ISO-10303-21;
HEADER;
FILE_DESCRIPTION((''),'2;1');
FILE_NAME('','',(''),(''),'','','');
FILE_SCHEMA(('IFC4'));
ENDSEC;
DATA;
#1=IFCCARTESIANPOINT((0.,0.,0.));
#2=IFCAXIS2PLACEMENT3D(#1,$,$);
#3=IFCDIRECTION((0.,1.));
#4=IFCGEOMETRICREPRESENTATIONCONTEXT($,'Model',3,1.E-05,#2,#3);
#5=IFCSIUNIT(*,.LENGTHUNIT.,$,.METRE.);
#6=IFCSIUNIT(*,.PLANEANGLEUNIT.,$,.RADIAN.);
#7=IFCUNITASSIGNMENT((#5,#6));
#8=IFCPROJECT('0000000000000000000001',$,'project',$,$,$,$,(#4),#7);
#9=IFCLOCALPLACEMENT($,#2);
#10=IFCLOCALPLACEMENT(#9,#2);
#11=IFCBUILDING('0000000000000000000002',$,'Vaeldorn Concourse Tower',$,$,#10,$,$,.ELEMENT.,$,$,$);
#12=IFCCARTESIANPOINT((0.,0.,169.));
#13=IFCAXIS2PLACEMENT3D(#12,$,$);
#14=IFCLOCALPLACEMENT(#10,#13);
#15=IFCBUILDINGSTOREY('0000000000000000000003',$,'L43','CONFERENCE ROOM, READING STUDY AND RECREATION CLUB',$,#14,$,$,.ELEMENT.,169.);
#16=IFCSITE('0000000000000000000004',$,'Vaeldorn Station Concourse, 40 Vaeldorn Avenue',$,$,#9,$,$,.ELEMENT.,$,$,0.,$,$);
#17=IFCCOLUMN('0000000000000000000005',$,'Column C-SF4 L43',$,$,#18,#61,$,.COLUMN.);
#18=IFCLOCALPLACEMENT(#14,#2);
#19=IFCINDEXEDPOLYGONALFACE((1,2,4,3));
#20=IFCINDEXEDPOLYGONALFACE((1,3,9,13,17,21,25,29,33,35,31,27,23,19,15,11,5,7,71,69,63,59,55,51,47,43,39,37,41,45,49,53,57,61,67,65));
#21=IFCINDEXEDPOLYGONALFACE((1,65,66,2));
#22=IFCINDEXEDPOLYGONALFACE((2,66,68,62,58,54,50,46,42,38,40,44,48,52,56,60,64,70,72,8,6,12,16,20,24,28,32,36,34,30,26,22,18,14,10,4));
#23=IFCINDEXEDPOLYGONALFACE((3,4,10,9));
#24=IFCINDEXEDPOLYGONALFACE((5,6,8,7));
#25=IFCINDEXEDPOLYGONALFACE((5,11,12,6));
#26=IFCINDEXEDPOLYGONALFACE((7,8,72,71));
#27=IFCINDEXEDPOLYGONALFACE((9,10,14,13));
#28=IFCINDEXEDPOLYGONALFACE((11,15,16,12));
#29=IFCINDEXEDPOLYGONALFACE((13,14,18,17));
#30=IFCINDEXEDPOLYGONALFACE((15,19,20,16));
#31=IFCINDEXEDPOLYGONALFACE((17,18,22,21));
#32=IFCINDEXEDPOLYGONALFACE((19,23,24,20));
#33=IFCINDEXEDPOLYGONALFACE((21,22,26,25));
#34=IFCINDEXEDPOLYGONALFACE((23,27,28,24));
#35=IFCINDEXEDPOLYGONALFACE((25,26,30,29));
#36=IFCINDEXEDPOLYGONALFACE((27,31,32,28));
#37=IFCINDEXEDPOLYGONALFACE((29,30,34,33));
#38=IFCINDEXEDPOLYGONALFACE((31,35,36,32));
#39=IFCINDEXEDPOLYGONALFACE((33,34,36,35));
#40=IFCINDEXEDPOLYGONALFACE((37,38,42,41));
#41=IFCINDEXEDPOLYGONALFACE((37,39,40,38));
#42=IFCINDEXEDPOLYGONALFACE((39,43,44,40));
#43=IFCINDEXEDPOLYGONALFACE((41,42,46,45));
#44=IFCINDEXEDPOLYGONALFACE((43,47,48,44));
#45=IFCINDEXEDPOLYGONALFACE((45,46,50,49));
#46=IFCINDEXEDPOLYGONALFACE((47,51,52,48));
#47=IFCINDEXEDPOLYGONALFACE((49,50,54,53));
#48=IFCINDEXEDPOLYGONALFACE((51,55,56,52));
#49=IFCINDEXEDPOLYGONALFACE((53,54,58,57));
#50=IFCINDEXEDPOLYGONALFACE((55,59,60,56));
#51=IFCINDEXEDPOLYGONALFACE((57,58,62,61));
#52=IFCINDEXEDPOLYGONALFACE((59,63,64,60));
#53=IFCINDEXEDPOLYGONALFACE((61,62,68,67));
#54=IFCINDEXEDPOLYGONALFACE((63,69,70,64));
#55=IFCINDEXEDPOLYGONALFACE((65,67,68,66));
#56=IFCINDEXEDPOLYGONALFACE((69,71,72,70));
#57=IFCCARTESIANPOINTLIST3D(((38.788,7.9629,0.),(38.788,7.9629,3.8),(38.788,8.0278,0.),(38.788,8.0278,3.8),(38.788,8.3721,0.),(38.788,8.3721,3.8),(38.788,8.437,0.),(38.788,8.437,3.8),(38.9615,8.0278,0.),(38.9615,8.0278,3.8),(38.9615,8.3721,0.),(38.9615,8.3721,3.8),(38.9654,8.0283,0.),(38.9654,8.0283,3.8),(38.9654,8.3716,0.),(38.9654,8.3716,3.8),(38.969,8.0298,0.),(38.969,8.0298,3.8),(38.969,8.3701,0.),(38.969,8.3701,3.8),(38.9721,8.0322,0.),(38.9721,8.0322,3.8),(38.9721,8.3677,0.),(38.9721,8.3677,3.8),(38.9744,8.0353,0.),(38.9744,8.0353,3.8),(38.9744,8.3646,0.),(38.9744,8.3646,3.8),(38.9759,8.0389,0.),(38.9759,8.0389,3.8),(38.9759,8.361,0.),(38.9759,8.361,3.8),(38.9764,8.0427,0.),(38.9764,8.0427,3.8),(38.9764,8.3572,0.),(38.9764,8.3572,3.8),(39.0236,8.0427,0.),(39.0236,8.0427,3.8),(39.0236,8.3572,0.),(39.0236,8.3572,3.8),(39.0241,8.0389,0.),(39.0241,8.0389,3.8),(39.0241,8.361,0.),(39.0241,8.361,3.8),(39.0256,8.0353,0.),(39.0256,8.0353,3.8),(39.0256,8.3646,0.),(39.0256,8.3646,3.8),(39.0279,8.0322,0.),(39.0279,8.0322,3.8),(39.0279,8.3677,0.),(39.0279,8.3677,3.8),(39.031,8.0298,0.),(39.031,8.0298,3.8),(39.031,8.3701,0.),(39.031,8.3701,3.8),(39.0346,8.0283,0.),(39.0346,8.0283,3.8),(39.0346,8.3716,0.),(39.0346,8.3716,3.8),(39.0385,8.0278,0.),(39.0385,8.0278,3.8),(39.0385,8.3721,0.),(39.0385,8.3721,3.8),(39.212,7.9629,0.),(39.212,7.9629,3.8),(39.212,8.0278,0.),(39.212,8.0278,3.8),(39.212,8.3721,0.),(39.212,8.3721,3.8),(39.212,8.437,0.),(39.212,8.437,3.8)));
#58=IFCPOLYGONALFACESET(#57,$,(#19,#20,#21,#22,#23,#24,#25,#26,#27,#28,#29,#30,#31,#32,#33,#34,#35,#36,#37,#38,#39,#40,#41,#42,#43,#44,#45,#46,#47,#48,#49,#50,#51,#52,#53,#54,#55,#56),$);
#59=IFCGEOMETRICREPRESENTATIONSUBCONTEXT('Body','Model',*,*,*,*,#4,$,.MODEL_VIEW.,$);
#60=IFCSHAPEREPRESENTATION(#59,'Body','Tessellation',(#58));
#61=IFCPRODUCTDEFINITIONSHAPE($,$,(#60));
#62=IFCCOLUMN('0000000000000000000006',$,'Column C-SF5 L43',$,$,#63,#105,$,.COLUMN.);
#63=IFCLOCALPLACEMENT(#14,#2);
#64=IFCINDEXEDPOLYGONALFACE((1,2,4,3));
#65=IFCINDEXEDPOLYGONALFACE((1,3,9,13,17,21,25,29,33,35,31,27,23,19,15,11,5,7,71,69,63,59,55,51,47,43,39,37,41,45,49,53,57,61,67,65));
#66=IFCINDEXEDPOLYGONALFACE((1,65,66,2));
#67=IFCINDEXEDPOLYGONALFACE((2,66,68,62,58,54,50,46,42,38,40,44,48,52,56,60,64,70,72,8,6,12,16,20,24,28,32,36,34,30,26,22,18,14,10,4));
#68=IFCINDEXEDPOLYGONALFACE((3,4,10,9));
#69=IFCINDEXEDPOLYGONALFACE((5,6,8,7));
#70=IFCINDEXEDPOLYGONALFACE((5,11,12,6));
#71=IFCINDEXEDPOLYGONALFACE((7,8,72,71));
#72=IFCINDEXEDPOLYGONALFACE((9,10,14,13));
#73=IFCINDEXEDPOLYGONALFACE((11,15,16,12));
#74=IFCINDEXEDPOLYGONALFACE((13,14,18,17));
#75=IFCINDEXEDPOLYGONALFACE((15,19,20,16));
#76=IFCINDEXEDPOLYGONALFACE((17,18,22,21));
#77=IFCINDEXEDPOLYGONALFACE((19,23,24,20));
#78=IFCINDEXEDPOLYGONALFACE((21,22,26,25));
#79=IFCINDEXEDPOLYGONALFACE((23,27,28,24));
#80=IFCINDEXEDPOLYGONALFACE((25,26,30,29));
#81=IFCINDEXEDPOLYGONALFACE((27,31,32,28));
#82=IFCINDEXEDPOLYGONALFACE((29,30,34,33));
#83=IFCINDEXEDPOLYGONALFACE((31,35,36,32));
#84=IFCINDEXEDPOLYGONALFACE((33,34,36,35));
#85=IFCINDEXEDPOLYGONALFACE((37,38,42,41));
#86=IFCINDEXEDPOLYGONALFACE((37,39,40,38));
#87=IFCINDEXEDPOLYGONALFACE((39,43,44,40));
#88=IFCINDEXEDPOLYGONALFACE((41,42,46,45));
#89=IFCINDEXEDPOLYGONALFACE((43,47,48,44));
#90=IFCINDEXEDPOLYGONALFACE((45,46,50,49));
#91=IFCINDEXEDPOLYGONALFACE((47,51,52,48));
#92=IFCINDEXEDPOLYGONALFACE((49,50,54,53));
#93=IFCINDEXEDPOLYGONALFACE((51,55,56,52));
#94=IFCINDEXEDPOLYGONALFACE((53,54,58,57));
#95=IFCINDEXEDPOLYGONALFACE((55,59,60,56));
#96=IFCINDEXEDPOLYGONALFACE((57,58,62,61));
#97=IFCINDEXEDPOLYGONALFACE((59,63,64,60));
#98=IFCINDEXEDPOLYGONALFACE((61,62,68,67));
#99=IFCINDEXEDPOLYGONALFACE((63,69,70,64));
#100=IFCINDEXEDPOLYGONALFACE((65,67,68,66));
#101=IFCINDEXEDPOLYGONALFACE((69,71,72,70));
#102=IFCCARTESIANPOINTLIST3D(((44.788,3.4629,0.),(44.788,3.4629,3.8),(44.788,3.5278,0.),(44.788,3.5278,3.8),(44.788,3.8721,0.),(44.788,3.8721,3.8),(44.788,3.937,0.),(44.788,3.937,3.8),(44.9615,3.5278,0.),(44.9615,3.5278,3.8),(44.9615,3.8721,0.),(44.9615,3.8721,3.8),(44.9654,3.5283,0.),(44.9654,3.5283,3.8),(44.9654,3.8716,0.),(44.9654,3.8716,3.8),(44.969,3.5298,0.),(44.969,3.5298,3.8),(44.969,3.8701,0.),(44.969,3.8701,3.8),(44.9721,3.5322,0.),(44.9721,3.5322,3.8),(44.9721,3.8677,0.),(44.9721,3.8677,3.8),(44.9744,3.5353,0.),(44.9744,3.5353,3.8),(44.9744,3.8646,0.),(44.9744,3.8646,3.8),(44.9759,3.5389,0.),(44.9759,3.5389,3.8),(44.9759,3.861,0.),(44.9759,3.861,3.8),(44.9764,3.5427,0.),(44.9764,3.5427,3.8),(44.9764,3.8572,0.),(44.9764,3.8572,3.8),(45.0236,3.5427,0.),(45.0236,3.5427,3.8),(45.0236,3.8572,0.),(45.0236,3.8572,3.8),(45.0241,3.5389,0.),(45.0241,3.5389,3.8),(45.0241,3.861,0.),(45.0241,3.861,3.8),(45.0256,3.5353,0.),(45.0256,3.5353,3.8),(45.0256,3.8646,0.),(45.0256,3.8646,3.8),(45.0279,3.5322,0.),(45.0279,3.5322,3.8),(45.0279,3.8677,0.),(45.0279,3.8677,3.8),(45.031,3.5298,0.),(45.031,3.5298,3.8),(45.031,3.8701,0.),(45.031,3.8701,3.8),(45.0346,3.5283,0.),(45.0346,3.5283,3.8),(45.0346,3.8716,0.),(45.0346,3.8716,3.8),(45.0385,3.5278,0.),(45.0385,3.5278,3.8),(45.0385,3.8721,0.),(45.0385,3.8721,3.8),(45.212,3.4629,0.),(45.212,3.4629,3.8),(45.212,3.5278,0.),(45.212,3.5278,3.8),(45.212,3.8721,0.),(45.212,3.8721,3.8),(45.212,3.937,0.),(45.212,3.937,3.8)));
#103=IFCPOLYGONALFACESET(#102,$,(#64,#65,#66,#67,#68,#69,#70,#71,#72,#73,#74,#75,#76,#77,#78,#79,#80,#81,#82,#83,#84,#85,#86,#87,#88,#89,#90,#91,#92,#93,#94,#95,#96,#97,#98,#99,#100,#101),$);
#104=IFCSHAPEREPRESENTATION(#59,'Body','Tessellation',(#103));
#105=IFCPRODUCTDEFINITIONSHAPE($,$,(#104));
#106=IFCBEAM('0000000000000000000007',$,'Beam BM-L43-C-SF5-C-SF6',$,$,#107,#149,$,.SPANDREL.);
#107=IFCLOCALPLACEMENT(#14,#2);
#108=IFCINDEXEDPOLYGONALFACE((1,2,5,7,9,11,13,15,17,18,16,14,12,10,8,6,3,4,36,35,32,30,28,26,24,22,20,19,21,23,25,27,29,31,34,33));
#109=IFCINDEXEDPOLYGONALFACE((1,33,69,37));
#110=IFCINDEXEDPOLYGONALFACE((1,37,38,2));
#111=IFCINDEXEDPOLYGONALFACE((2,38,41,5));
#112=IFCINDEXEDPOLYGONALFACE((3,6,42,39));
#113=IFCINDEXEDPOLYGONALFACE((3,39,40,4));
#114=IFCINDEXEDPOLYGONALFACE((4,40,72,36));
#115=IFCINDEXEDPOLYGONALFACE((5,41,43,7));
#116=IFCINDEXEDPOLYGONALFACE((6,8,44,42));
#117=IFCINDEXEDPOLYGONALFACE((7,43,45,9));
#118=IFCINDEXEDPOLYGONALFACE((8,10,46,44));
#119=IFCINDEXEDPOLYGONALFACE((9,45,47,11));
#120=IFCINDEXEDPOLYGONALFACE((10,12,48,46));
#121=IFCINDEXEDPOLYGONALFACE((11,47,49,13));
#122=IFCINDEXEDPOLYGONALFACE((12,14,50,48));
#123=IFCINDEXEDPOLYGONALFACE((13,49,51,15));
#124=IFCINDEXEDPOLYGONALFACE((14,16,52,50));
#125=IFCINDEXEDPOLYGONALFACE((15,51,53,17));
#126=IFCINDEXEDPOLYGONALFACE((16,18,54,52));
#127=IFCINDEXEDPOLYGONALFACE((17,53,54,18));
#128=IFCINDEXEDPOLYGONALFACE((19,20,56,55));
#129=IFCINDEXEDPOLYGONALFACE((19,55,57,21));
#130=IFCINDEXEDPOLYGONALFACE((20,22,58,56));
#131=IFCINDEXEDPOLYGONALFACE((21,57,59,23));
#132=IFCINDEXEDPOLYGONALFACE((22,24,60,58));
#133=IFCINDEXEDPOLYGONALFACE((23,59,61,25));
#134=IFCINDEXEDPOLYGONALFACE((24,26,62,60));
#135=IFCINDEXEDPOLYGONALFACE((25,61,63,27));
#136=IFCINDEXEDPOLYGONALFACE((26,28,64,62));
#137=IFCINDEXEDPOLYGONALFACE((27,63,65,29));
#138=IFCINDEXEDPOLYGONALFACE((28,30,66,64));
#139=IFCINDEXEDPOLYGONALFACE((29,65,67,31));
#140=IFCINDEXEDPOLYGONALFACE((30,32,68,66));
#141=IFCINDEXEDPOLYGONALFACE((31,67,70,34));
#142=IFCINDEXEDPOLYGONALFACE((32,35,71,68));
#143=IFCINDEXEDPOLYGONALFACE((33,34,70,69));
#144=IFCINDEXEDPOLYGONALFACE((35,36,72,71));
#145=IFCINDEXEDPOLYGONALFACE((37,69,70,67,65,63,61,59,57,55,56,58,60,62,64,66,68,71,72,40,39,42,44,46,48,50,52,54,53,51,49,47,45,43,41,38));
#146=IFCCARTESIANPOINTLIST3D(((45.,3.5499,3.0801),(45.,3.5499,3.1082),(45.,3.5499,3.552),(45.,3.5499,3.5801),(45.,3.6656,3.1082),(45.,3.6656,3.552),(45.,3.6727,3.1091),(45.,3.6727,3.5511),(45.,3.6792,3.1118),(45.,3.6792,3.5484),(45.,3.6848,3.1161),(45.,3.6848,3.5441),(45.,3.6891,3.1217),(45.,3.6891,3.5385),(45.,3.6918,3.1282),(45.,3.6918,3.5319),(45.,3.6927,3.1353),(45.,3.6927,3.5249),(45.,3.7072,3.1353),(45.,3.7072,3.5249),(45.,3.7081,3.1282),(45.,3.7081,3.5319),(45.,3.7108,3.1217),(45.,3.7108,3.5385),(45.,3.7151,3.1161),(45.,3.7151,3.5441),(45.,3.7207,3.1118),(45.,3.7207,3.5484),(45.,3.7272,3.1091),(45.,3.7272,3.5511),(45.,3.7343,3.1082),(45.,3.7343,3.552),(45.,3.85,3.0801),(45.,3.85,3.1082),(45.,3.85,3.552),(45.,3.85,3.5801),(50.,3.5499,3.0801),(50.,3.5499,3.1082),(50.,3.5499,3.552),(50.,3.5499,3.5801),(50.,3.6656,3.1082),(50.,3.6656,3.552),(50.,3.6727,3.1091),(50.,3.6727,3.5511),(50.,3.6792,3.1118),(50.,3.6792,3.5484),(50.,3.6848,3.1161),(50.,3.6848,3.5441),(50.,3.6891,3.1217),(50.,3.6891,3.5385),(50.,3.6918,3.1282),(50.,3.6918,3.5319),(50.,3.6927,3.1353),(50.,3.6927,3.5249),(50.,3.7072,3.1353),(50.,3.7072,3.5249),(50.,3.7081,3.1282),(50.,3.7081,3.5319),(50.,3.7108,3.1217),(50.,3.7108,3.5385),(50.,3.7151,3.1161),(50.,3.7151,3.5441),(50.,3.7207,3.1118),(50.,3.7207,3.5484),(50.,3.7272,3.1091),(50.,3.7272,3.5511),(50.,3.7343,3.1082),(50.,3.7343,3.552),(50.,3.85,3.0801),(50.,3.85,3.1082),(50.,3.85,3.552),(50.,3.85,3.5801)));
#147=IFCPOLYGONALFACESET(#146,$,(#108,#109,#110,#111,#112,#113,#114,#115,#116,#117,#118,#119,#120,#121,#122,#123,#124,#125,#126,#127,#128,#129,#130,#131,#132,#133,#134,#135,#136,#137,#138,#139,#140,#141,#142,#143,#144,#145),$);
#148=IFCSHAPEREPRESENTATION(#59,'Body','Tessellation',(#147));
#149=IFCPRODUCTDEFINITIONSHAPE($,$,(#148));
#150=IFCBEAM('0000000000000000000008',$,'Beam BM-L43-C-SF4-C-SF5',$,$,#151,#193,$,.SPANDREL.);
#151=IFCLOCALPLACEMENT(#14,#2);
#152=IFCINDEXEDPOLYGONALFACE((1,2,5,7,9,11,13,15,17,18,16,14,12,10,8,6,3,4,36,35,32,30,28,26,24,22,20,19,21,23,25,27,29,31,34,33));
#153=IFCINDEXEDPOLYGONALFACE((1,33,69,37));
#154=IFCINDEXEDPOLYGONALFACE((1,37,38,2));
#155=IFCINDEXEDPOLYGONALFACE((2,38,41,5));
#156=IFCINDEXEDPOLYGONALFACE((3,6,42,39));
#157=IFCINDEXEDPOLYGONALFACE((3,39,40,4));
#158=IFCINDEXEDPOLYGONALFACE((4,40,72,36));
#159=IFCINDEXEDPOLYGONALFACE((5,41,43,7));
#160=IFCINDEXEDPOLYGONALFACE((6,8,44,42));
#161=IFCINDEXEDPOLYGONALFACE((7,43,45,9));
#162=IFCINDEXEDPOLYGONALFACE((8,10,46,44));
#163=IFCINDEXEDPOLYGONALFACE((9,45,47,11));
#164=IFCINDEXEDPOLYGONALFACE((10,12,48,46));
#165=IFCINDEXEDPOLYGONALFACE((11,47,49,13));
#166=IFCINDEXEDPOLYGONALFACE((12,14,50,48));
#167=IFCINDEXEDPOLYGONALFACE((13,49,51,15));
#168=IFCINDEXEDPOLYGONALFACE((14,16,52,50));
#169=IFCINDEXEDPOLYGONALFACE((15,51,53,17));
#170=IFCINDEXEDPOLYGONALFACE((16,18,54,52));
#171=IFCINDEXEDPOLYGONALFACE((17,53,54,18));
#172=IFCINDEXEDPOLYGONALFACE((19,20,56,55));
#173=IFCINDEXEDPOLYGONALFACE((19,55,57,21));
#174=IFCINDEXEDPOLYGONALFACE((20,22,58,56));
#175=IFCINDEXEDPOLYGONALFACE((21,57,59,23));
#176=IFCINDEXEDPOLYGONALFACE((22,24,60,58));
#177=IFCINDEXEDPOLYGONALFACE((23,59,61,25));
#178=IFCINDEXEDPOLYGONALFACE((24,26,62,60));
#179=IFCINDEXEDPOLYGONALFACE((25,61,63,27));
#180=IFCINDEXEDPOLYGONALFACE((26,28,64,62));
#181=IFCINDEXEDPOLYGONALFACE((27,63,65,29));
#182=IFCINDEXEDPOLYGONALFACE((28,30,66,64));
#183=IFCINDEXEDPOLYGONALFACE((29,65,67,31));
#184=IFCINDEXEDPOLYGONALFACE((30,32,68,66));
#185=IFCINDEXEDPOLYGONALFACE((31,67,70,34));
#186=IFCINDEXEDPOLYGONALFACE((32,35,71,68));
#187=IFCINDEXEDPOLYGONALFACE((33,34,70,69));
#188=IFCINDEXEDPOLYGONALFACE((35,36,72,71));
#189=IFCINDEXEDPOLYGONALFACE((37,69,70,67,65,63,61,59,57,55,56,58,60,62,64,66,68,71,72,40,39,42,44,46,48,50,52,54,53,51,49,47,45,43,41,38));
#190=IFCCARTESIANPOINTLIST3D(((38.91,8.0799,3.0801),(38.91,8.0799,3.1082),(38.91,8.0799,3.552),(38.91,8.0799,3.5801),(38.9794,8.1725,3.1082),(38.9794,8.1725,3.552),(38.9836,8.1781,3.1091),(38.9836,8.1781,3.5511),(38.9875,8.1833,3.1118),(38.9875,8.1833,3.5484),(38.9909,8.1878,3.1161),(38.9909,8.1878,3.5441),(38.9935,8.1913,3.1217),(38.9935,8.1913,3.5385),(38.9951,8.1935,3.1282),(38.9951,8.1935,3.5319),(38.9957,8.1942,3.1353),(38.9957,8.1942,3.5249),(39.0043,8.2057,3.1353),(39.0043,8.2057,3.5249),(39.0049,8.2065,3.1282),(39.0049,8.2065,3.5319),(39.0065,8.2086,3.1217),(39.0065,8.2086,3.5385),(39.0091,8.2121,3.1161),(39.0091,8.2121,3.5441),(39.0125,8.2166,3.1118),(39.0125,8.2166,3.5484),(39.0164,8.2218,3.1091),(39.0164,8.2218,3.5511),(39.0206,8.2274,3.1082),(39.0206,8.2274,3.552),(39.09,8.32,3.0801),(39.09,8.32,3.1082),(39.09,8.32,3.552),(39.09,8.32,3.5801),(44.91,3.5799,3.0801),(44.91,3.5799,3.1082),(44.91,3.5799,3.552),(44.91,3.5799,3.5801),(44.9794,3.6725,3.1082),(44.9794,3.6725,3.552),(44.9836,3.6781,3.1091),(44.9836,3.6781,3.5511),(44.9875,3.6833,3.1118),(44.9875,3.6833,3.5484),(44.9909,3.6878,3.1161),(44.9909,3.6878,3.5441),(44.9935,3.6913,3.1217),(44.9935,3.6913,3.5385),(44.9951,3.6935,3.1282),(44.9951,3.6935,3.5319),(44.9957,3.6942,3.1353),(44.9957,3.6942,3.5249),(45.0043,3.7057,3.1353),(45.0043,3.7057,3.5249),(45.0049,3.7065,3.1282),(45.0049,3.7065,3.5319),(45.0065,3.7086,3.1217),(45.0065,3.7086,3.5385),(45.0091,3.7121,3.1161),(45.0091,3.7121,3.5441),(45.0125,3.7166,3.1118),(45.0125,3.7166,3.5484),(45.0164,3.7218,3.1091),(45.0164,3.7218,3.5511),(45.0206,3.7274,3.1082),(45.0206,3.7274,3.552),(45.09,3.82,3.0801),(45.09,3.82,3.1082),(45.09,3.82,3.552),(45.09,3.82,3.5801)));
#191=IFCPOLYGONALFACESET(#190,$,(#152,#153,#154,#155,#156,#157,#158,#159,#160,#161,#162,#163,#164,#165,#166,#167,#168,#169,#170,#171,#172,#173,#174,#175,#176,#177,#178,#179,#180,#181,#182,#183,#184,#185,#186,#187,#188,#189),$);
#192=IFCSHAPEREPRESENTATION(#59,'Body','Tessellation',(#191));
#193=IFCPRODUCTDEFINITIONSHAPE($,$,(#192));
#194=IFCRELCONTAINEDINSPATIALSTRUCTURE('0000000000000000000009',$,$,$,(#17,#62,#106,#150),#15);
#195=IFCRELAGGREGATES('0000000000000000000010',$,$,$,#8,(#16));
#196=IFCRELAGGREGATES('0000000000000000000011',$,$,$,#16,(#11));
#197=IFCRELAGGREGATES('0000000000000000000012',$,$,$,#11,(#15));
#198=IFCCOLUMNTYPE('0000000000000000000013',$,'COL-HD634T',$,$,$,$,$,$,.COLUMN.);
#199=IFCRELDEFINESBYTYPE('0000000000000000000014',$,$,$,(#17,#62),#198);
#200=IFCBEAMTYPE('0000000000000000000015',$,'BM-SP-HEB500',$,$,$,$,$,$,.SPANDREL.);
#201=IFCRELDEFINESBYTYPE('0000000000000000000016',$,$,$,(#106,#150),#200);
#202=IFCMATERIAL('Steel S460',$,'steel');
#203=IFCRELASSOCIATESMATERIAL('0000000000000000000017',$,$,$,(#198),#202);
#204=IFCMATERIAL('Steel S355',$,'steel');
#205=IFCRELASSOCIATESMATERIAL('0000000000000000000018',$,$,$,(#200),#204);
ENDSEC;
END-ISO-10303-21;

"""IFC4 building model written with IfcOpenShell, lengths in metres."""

from ifc_helpers import new_model, si_unit, direction, frame, origin, origin_2d, place, context, subcontext, project, spatial, i_section, extrude, source, transform, mapped, material, material_profile, profile_set, type_object, element, save


model = new_model("IFC4")

# Units and contexts
model_context = context("Model", 3, precision=1e-05, world=origin(), true_north=direction((0.0, 1.0)))
body_context = subcontext(model_context, "Body", "Model", "MODEL_VIEW")
ifc_project = project(units=[si_unit("LENGTHUNIT", "METRE"), si_unit("PLANEANGLEUNIT", "RADIAN")], contexts=[model_context])

# Site, building, storey
site_placement = place(None, origin())
site = spatial("IfcSite", under=ifc_project, at=site_placement, Name="Vaeldorn Station Concourse, 40 Vaeldorn Avenue", CompositionType="ELEMENT", RefElevation=0.0)
building_placement = place(site_placement, origin())
building = spatial("IfcBuilding", under=site, at=building_placement, Name="Vaeldorn Concourse Tower", CompositionType="ELEMENT")
storey_placement = place(building_placement, frame((0.0, 0.0, 169.0)))
storey = spatial("IfcBuildingStorey", under=building, at=storey_placement, Name="L43", Description="CONFERENCE ROOM, READING STUDY AND RECREATION CLUB", CompositionType="ELEMENT", Elevation=169.0)

# Columns
ifc_material_1 = material(Name="Steel S460", Category="steel")
ifc_material_profile_1 = material_profile(ifc_material_1, i_section(OverallWidth=0.4241, OverallDepth=0.4741, WebThickness=0.0471, FlangeThickness=0.0649, FilletRadius=0.0149, at=origin_2d()), Name="HD 400x634")
ifc_profile_set_1 = profile_set([ifc_material_profile_1], Name="Steel S460")
column_type = type_object("IfcColumnType", Name="COL-HD634T", PredefinedType="COLUMN", material=ifc_profile_set_1)
shared_shape_1 = source(origin(), body_context, "Body", "SweptSolid", [
    extrude(i_section(OverallWidth=0.4241, OverallDepth=0.4741, WebThickness=0.0471, FlangeThickness=0.0649, FilletRadius=0.0149, at=origin_2d()), origin(), (0.0, 0.0, 1.0), 3.8),
])
for number, where, z_axis, x_axis, name in (
    (1, (39.0, 8.2, 0.0), (0.0, 0.0, 1.0), (1.0, 0.0, 0.0), "Column C-SF4 L43"),
    (2, (45.0, 3.7, 0.0), (0.0, 0.0, 1.0), (1.0, 0.0, 0.0), "Column C-SF5 L43"),
):
    element("IfcColumn", number, at=place(storey_placement, frame(where, z_axis=z_axis, x_axis=x_axis)), inside=storey, type_object=column_type, Name=name, PredefinedType="COLUMN", context=body_context, shape_type="MappedRepresentation", body=[
        mapped(shared_shape_1, transform((0.0, 0.0, 0.0), scale=1.0)),
    ])

# Beams
ifc_material_2 = material(Name="Steel S355", Category="steel")
ifc_material_profile_2 = material_profile(ifc_material_2, i_section(OverallWidth=0.3, OverallDepth=0.5, WebThickness=0.0144, FlangeThickness=0.0281, FilletRadius=0.0271, at=origin_2d()), Name="HEB 500")
ifc_profile_set_2 = profile_set([ifc_material_profile_2], Name="Steel S355")
beam_type_1 = type_object("IfcBeamType", Name="BM-SP-HEB500", PredefinedType="SPANDREL", material=ifc_profile_set_2)
shared_shape_2 = source(origin(), body_context, "Body", "SweptSolid", [
    extrude(i_section(OverallWidth=0.3, OverallDepth=0.5, WebThickness=0.0144, FlangeThickness=0.0281, FilletRadius=0.0271, at=origin_2d()), origin(), (0.0, 0.0, 1.0), 5.0),
])
beam_1_placement = place(storey_placement, frame((45.0, 3.7, 3.3301), z_axis=(1.0, 0.0, 0.0), x_axis=(0.0, 1.0, 0.0)))
element("IfcBeam", 3, at=beam_1_placement, inside=storey, type_object=beam_type_1, Name="Beam BM-L43-C-SF5-C-SF6", PredefinedType="SPANDREL", context=body_context, shape_type="MappedRepresentation", body=[
    mapped(shared_shape_2, transform((0.0, 0.0, 0.0), scale=1.0)),
])
shared_shape_3 = source(origin(), body_context, "Body", "SweptSolid", [
    extrude(i_section(OverallWidth=0.3, OverallDepth=0.5, WebThickness=0.0144, FlangeThickness=0.0281, FilletRadius=0.0271, at=origin_2d()), origin(), (0.0, 0.0, 1.0), 7.5),
])
beam_2_placement = place(storey_placement, frame((39.0, 8.2, 3.3301), z_axis=(0.8, -0.6, 0.0), x_axis=(0.6, 0.8, 0.0)))
element("IfcBeam", 4, at=beam_2_placement, inside=storey, type_object=beam_type_1, Name="Beam BM-L43-C-SF4-C-SF5", PredefinedType="SPANDREL", context=body_context, shape_type="MappedRepresentation", body=[
    mapped(shared_shape_3, transform((0.0, 0.0, 0.0), scale=1.0)),
])

save(model, "model.ifc")
